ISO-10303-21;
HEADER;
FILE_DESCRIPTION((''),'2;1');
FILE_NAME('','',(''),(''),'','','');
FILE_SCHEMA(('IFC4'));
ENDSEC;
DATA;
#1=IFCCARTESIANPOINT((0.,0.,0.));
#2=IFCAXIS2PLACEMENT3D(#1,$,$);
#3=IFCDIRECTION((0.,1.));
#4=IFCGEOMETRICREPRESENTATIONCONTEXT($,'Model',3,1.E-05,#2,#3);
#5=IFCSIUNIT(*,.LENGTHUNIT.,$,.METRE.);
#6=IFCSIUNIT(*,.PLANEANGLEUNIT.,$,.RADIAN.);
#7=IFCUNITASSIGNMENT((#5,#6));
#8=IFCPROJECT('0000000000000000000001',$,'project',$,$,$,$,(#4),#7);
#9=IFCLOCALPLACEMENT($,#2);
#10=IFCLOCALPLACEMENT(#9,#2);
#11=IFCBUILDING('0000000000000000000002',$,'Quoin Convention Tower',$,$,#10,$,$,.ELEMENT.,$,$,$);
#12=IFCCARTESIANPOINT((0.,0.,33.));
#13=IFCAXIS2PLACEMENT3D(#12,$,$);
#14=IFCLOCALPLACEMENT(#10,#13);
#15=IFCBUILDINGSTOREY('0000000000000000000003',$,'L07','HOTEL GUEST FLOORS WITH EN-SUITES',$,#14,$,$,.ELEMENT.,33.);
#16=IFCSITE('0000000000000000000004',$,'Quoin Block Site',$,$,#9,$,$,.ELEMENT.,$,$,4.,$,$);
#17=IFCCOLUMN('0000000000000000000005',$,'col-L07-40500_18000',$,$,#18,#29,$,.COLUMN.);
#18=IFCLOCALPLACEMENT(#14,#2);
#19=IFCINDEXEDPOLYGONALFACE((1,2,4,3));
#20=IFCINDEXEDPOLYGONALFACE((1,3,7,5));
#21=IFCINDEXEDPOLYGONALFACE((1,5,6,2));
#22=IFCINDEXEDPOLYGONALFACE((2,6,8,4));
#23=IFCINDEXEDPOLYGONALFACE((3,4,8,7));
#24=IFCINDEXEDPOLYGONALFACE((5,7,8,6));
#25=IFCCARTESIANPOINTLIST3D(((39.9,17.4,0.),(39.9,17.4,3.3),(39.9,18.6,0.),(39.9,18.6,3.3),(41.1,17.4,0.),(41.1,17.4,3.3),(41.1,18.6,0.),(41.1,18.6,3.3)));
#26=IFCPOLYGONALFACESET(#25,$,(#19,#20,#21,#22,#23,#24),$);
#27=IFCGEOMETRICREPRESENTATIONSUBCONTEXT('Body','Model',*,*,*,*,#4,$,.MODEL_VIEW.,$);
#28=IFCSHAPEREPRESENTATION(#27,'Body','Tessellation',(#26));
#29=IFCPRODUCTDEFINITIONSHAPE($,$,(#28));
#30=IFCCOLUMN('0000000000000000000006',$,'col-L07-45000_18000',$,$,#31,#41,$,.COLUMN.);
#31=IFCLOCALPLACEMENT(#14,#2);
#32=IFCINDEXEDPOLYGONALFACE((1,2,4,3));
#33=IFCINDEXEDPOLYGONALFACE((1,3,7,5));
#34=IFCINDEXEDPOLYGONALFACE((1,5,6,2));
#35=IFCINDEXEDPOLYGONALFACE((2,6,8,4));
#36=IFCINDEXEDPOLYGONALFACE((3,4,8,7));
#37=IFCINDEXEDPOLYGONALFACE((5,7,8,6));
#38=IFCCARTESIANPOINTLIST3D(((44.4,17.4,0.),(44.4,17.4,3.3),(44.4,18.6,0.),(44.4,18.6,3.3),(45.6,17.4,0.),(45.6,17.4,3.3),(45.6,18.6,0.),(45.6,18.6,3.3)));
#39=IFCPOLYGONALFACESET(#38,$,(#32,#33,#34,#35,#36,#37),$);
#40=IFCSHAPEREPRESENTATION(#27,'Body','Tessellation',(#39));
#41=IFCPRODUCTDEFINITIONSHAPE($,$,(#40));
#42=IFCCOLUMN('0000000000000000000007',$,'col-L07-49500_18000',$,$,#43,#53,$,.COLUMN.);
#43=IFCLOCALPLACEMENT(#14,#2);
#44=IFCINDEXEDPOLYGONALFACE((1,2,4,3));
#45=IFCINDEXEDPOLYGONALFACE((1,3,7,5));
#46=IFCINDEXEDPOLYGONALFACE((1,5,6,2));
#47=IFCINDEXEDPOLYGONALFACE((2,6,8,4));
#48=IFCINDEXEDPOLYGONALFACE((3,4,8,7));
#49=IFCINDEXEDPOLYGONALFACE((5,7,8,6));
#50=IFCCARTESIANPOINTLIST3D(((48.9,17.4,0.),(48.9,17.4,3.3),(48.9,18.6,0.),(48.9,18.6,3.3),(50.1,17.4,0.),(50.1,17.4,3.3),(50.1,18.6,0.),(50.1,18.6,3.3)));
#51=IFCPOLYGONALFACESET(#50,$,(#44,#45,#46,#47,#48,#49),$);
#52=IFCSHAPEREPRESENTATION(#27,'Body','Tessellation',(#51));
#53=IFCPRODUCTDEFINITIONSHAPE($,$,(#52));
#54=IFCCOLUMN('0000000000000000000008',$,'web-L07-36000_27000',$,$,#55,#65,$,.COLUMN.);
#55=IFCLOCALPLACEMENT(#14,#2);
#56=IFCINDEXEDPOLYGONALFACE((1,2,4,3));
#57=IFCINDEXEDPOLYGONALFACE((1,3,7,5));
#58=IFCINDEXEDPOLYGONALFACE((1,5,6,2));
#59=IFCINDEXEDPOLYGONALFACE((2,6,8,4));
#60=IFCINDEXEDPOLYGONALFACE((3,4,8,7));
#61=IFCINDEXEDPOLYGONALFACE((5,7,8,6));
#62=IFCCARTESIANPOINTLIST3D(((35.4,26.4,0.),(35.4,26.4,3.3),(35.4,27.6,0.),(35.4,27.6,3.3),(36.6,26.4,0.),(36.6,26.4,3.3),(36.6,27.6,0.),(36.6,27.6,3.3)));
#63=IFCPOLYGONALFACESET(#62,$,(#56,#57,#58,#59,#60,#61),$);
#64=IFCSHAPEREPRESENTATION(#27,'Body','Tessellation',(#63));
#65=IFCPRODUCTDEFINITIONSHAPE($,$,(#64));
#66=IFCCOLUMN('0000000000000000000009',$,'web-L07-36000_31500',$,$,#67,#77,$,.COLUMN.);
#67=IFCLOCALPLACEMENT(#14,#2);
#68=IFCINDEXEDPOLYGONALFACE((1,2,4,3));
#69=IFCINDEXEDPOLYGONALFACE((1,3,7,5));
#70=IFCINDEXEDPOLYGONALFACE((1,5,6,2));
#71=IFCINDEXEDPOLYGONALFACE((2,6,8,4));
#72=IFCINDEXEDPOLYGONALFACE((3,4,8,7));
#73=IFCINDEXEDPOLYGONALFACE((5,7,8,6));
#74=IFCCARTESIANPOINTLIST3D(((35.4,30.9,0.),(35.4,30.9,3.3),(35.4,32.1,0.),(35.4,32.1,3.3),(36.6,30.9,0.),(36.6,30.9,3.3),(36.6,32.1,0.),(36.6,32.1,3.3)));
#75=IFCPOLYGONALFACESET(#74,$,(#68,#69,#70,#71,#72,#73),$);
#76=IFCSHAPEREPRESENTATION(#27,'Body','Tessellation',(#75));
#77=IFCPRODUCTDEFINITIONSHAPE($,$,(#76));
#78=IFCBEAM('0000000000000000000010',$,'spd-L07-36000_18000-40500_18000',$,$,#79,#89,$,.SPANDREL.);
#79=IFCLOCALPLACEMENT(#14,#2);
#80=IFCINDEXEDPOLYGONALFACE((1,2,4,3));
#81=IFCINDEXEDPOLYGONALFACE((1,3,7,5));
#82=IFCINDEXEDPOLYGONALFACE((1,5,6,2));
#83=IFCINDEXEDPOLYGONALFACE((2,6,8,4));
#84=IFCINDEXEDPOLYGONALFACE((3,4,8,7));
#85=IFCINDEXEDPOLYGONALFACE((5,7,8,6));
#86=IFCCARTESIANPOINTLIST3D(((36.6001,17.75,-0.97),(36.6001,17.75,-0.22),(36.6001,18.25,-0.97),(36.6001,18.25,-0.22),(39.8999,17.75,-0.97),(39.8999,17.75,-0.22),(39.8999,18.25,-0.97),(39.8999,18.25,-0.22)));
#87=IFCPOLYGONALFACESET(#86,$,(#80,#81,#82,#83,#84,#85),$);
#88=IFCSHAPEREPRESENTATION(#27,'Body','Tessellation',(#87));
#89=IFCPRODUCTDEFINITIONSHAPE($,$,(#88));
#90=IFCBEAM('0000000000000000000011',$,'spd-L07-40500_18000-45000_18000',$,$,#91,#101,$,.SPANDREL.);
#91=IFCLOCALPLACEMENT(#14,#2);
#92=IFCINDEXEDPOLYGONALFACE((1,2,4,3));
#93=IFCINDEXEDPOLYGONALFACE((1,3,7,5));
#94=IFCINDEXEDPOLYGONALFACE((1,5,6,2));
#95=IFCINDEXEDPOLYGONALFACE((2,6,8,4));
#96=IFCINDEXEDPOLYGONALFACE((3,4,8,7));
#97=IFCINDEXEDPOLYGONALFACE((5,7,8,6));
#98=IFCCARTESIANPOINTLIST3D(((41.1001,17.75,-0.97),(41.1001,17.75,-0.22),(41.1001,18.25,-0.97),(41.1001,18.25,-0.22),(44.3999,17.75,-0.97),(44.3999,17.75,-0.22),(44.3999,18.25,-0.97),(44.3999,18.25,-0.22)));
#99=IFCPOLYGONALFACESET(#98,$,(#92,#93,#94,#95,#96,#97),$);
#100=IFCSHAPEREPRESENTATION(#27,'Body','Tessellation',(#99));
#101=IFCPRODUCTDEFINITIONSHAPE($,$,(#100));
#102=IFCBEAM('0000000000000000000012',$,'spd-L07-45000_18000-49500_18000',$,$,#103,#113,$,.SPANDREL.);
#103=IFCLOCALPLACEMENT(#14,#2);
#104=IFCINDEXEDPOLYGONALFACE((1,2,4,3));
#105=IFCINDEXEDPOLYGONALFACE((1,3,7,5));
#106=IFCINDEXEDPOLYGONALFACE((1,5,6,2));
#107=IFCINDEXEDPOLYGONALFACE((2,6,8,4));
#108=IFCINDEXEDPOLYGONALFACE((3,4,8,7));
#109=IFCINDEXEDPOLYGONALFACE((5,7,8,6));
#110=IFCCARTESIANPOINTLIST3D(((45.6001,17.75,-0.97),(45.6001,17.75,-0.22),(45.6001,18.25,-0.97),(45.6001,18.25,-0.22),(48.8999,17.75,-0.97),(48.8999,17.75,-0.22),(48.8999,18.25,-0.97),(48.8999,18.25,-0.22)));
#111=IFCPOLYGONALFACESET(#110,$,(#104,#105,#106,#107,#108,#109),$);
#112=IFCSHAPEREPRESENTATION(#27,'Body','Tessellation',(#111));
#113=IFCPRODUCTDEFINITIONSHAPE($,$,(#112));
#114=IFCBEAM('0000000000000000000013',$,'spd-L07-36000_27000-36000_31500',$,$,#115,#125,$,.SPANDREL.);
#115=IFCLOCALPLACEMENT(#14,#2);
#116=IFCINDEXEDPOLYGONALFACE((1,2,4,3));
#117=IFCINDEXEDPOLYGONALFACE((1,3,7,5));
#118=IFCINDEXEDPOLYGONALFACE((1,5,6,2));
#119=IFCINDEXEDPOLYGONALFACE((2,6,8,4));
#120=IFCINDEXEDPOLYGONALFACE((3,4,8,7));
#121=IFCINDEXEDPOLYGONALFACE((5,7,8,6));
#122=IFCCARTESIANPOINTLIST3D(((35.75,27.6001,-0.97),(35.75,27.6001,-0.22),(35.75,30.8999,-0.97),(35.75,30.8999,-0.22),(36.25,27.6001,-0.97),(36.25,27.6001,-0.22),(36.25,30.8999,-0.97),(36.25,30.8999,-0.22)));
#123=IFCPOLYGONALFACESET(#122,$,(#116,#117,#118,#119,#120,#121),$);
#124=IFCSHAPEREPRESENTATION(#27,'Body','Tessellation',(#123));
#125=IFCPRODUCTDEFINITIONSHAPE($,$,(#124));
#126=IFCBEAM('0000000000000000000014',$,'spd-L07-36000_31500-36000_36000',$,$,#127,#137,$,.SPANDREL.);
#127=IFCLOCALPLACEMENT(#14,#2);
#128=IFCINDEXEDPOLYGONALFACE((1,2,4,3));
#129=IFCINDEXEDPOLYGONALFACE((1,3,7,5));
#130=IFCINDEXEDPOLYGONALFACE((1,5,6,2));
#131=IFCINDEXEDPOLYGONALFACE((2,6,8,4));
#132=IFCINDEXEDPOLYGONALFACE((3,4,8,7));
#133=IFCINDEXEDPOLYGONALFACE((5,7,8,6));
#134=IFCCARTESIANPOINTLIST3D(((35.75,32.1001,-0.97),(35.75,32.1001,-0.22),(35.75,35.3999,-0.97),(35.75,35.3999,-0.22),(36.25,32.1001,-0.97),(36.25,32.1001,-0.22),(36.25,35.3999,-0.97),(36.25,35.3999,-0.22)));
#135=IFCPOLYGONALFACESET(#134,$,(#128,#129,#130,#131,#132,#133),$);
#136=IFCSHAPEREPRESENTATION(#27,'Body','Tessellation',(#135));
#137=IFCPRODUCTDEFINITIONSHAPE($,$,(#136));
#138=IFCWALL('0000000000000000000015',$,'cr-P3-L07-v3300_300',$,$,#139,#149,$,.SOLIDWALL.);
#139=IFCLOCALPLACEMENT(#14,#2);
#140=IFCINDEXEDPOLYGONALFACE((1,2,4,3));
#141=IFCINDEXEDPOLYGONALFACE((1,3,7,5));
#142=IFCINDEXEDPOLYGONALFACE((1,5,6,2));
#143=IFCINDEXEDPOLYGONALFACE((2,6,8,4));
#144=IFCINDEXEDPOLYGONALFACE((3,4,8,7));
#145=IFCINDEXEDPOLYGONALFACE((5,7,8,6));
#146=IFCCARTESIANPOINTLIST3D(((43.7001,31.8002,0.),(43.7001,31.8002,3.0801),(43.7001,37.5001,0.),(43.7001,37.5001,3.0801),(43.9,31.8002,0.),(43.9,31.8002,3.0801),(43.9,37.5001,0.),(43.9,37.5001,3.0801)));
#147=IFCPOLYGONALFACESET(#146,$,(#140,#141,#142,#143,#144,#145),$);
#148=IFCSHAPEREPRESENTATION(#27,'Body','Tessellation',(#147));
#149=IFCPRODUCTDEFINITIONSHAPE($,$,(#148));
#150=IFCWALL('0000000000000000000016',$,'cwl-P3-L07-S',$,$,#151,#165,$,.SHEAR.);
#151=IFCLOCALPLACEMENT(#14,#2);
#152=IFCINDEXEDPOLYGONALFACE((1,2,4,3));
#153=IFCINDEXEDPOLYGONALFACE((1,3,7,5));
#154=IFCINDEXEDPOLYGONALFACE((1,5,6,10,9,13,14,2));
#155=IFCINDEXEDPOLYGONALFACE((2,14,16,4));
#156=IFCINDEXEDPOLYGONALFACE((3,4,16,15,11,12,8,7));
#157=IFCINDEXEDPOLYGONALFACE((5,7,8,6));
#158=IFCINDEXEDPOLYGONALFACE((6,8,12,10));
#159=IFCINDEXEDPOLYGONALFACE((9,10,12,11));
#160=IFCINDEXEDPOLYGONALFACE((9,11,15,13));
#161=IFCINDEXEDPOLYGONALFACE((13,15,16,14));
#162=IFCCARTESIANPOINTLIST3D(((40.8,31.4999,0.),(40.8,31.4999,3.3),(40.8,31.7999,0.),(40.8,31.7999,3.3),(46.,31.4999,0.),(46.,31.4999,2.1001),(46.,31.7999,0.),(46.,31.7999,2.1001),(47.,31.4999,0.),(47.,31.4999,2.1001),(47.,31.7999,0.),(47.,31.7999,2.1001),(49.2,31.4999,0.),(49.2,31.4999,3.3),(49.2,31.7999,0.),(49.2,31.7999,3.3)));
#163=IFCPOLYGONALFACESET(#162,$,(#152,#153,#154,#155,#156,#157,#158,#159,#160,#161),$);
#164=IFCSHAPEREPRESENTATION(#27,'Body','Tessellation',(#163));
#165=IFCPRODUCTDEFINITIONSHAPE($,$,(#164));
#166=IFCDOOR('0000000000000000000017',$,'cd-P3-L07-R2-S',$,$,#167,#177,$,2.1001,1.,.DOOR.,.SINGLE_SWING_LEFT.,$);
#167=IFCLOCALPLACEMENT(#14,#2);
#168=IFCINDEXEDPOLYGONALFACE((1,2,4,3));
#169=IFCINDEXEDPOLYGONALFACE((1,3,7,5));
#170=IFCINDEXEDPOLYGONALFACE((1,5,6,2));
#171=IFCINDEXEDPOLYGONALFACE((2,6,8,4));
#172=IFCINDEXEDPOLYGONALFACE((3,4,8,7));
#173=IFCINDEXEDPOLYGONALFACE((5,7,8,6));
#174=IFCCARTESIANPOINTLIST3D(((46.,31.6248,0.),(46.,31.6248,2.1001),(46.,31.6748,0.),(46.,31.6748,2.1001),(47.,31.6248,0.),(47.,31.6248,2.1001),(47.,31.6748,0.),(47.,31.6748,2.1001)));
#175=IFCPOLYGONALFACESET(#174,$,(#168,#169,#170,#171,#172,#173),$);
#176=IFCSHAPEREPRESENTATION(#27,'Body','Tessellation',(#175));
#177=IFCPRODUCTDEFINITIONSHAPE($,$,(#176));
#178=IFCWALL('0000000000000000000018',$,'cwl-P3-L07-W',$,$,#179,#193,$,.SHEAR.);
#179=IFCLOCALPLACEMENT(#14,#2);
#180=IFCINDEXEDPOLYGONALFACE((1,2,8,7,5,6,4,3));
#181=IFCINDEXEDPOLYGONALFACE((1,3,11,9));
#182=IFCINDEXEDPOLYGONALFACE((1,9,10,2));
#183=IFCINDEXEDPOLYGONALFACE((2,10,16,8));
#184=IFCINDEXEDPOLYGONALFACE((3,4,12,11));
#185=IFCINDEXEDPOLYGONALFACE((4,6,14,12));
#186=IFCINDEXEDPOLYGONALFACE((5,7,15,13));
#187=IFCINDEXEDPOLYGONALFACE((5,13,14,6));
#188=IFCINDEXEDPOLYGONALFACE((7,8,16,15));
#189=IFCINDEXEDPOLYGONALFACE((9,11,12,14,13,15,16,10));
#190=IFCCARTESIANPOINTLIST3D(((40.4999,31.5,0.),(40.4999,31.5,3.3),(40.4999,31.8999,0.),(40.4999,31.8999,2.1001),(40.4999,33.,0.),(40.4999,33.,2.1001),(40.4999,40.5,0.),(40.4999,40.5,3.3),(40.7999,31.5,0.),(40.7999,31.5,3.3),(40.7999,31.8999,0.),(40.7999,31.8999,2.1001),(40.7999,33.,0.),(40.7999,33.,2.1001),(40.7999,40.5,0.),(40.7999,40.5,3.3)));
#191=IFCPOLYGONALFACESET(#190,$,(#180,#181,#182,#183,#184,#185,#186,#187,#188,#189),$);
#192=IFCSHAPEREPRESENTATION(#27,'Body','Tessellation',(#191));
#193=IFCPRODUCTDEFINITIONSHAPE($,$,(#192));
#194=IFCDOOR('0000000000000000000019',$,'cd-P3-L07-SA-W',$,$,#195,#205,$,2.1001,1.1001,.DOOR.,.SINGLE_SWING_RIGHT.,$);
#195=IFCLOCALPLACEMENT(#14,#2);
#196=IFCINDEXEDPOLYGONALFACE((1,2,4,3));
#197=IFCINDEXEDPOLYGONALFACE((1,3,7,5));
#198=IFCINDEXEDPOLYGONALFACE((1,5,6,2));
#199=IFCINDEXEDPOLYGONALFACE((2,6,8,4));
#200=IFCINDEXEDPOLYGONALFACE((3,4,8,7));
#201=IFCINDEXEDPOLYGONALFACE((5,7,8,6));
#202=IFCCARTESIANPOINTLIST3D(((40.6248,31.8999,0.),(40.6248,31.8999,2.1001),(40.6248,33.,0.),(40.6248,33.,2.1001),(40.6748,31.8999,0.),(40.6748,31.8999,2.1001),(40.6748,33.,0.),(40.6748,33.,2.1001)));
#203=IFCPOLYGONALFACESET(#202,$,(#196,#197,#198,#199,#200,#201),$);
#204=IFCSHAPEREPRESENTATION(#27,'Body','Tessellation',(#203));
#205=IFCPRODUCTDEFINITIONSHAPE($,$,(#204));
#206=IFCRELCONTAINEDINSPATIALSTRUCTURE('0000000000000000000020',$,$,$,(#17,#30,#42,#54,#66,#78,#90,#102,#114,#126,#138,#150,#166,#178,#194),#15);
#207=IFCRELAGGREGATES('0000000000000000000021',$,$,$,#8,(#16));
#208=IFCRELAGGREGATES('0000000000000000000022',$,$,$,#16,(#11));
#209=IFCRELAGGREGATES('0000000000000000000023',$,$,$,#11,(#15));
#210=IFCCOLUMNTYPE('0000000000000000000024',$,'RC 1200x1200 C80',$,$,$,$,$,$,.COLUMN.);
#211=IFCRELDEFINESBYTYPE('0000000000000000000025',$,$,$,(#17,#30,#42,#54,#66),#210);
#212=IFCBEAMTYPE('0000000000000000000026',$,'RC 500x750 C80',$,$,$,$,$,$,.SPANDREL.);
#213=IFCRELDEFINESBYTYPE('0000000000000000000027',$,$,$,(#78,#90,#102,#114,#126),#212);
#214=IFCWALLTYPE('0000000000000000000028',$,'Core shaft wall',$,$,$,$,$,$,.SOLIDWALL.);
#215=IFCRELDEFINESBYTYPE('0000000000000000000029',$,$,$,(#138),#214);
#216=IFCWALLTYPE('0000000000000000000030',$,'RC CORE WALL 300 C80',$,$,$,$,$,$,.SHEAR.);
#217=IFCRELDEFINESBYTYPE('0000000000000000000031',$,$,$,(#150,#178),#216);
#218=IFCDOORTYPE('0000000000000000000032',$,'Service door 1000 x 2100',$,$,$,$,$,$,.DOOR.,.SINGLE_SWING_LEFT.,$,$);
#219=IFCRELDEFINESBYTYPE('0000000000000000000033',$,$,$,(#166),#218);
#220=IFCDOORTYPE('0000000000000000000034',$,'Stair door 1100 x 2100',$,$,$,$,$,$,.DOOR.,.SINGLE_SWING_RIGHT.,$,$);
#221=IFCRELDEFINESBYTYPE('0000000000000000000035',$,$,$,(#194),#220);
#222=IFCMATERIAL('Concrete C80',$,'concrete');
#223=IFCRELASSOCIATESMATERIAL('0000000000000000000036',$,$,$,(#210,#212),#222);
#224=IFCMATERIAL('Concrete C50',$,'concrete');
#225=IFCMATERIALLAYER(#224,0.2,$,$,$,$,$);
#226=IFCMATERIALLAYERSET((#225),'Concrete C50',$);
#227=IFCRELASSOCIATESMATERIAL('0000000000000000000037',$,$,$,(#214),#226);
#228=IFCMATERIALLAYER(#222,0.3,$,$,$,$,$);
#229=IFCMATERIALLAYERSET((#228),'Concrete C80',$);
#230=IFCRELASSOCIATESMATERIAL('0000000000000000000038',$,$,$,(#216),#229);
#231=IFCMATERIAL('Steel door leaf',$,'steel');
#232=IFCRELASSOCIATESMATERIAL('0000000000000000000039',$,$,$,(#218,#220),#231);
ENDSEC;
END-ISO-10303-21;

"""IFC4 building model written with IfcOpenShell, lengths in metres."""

from ifc_helpers import new_model, si_unit, direction, frame, frame_2d, origin, origin_2d, place, context, subcontext, project, spatial, rectangle, extrude, material, layer, layer_set, material_profile, profile_set, type_object, element, fill, save


model = new_model("IFC4")

# Units and contexts
model_context = context("Model", 3, precision=1e-05, world=origin(), true_north=direction((0.0, 1.0)))
body_context = subcontext(model_context, "Body", "Model", "MODEL_VIEW")
ifc_project = project(units=[si_unit("LENGTHUNIT", "METRE"), si_unit("PLANEANGLEUNIT", "RADIAN")], contexts=[model_context])

# Site, building, storey
site_placement = place(None, origin())
site = spatial("IfcSite", under=ifc_project, at=site_placement, Name="Quoin Block Site", CompositionType="ELEMENT", RefElevation=4.0)
building_placement = place(site_placement, origin())
building = spatial("IfcBuilding", under=site, at=building_placement, Name="Quoin Convention Tower", CompositionType="ELEMENT")
storey_placement = place(building_placement, frame((0.0, 0.0, 33.0)))
storey = spatial("IfcBuildingStorey", under=building, at=storey_placement, Name="L07", Description="HOTEL GUEST FLOORS WITH EN-SUITES", CompositionType="ELEMENT", Elevation=33.0)

# Columns
ifc_material_1 = material(Name="Concrete C80", Category="concrete")
ifc_material_profile_1 = material_profile(ifc_material_1, rectangle(XDim=1.2, YDim=1.2, at=origin_2d()), Name="RC 1200x1200")
ifc_profile_set_1 = profile_set([ifc_material_profile_1], Name="Concrete C80")
column_type = type_object("IfcColumnType", Name="RC 1200x1200 C80", PredefinedType="COLUMN", material=ifc_profile_set_1)
for number, where, z_axis, x_axis, name in (
    (1, (40.5, 18.0, 0.0), (0.0, 0.0, 1.0), (1.0, 0.0, 0.0), "col-L07-40500_18000"),
    (2, (45.0, 18.0, 0.0), (0.0, 0.0, 1.0), (1.0, 0.0, 0.0), "col-L07-45000_18000"),
    (3, (49.5, 18.0, 0.0), (0.0, 0.0, 1.0), (1.0, 0.0, 0.0), "col-L07-49500_18000"),
    (4, (36.0, 27.0, 0.0), (0.0, 0.0, 1.0), (1.0, 0.0, 0.0), "web-L07-36000_27000"),
    (5, (36.0, 31.5, 0.0), (0.0, 0.0, 1.0), (1.0, 0.0, 0.0), "web-L07-36000_31500"),
):
    element("IfcColumn", number, at=place(storey_placement, frame(where, z_axis=z_axis, x_axis=x_axis)), inside=storey, type_object=column_type, Name=name, PredefinedType="COLUMN", context=body_context, shape_type="SweptSolid", body=[
        extrude(rectangle(XDim=1.2, YDim=1.2, at=origin_2d()), origin(), (0.0, 0.0, 1.0), 3.3),
    ])

# Beams
ifc_material_profile_2 = material_profile(ifc_material_1, rectangle(XDim=0.5, YDim=0.75, at=origin_2d()), Name="RC 500x750")
ifc_profile_set_2 = profile_set([ifc_material_profile_2], Name="Concrete C80")
beam_type = type_object("IfcBeamType", Name="RC 500x750 C80", PredefinedType="SPANDREL", material=ifc_profile_set_2)
for number, where, z_axis, x_axis, name in (
    (6, (36.6001, 18.0, -0.595), (1.0, 0.0, 0.0), (0.0, 1.0, 0.0), "spd-L07-36000_18000-40500_18000"),
    (7, (41.1001, 18.0, -0.595), (1.0, 0.0, 0.0), (0.0, 1.0, 0.0), "spd-L07-40500_18000-45000_18000"),
    (8, (45.6001, 18.0, -0.595), (1.0, 0.0, 0.0), (0.0, 1.0, 0.0), "spd-L07-45000_18000-49500_18000"),
    (9, (36.0, 27.6001, -0.595), (0.0, 1.0, 0.0), (-1.0, 0.0, 0.0), "spd-L07-36000_27000-36000_31500"),
    (10, (36.0, 32.1001, -0.595), (0.0, 1.0, 0.0), (-1.0, 0.0, 0.0), "spd-L07-36000_31500-36000_36000"),
):
    element("IfcBeam", number, at=place(storey_placement, frame(where, z_axis=z_axis, x_axis=x_axis)), inside=storey, type_object=beam_type, Name=name, PredefinedType="SPANDREL", context=body_context, shape_type="SweptSolid", body=[
        extrude(rectangle(XDim=0.5, YDim=0.75, at=origin_2d()), origin(), (0.0, 0.0, 1.0), 3.2998),
    ])

# Wall
ifc_material_2 = material(Name="Concrete C50", Category="concrete")
ifc_layer_1 = layer(ifc_material_2, 0.2)
ifc_layer_set_1 = layer_set([ifc_layer_1], Name="Concrete C50")
wall_type_1 = type_object("IfcWallType", Name="Core shaft wall", PredefinedType="SOLIDWALL", material=ifc_layer_set_1)
wall_1_placement = place(storey_placement, frame((43.8, 31.8, 0.0), z_axis=(0.0, 0.0, 1.0), x_axis=(0.0, 1.0, 0.0)))
element("IfcWall", 11, at=wall_1_placement, inside=storey, type_object=wall_type_1, Name="cr-P3-L07-v3300_300", PredefinedType="SOLIDWALL", context=body_context, shape_type="SweptSolid", body=[
    extrude(rectangle(XDim=5.7, YDim=0.2, at=frame_2d((2.8501, 0.0))), origin(), (0.0, 0.0, 1.0), 3.0801),
])

# Walls, openings, doors
ifc_layer_2 = layer(ifc_material_1, 0.3)
ifc_layer_set_2 = layer_set([ifc_layer_2], Name="Concrete C80")
wall_type_2 = type_object("IfcWallType", Name="RC CORE WALL 300 C80", PredefinedType="SHEAR", material=ifc_layer_set_2)
wall_2_placement = place(storey_placement, frame((40.8, 31.6499, 0.0), z_axis=(0.0, 0.0, 1.0), x_axis=(1.0, 0.0, 0.0)))
wall_2 = element("IfcWall", 12, at=wall_2_placement, inside=storey, type_object=wall_type_2, Name="cwl-P3-L07-S", PredefinedType="SHEAR", context=body_context, shape_type="SweptSolid", body=[
    extrude(rectangle(XDim=8.3999, YDim=0.3, at=frame_2d((4.2, 0.0))), origin(), (0.0, 0.0, 1.0), 3.3),
])
opening_1_placement = place(wall_2_placement, frame((5.2, 0.0, 0.0)))
opening_1 = element("IfcOpeningElement", 13, at=opening_1_placement, cuts=wall_2, PredefinedType="OPENING", context=body_context, shape_type="SweptSolid", body=[
    extrude(rectangle(XDim=1.0, YDim=2.1001, at=frame_2d((0.5, 1.05))), frame((0.0, 0.1599, 0.0), z_axis=(0.0, -1.0, 0.0), x_axis=(1.0, 0.0, 0.0)), (0.0, 0.0, 1.0), 0.3201),
])
ifc_material_3 = material(Name="Steel door leaf", Category="steel")
door_type_1 = type_object("IfcDoorType", Name="Service door 1000 x 2100", OperationType="SINGLE_SWING_LEFT", PredefinedType="DOOR", material=ifc_material_3)
door_1_placement = place(opening_1_placement, origin())
door_1 = element("IfcDoor", 14, at=door_1_placement, inside=storey, type_object=door_type_1, Name="cd-P3-L07-R2-S", OperationType="SINGLE_SWING_LEFT", OverallHeight=2.1001, OverallWidth=1.0, PredefinedType="DOOR", context=body_context, shape_type="SweptSolid", body=[
    extrude(rectangle(XDim=1.0, YDim=2.1001, at=frame_2d((0.5, 1.05))), frame((0.0, 0.0249, 0.0), z_axis=(0.0, -1.0, 0.0), x_axis=(1.0, 0.0, 0.0)), (0.0, 0.0, 1.0), 0.05),
])
fill(opening_1, door_1)
wall_3_placement = place(storey_placement, frame((40.6499, 31.5, 0.0), z_axis=(0.0, 0.0, 1.0), x_axis=(0.0, 1.0, 0.0)))
wall_3 = element("IfcWall", 15, at=wall_3_placement, inside=storey, type_object=wall_type_2, Name="cwl-P3-L07-W", PredefinedType="SHEAR", context=body_context, shape_type="SweptSolid", body=[
    extrude(rectangle(XDim=9.0, YDim=0.3, at=frame_2d((4.5, 0.0))), origin(), (0.0, 0.0, 1.0), 3.3),
])
opening_2_placement = place(wall_3_placement, frame((0.3999, 0.0, 0.0)))
opening_2 = element("IfcOpeningElement", 16, at=opening_2_placement, cuts=wall_3, PredefinedType="OPENING", context=body_context, shape_type="SweptSolid", body=[
    extrude(rectangle(XDim=1.1001, YDim=2.1001, at=frame_2d((0.55, 1.05))), frame((0.0, 0.1599, 0.0), z_axis=(0.0, -1.0, 0.0), x_axis=(1.0, 0.0, 0.0)), (0.0, 0.0, 1.0), 0.3201),
])
door_type_2 = type_object("IfcDoorType", Name="Stair door 1100 x 2100", OperationType="SINGLE_SWING_RIGHT", PredefinedType="DOOR", material=ifc_material_3)
door_2_placement = place(opening_2_placement, frame((1.1001, 0.0, 0.0), z_axis=(0.0, 0.0, 1.0), x_axis=(-1.0, 0.0, 0.0)))
door_2 = element("IfcDoor", 17, at=door_2_placement, inside=storey, type_object=door_type_2, Name="cd-P3-L07-SA-W", OperationType="SINGLE_SWING_RIGHT", OverallHeight=2.1001, OverallWidth=1.1001, PredefinedType="DOOR", context=body_context, shape_type="SweptSolid", body=[
    extrude(rectangle(XDim=1.1001, YDim=2.1001, at=frame_2d((0.55, 1.05))), frame((0.0, 0.0249, 0.0), z_axis=(0.0, -1.0, 0.0), x_axis=(1.0, 0.0, 0.0)), (0.0, 0.0, 1.0), 0.05),
])
fill(opening_2, door_2)

save(model, "model.ifc")
